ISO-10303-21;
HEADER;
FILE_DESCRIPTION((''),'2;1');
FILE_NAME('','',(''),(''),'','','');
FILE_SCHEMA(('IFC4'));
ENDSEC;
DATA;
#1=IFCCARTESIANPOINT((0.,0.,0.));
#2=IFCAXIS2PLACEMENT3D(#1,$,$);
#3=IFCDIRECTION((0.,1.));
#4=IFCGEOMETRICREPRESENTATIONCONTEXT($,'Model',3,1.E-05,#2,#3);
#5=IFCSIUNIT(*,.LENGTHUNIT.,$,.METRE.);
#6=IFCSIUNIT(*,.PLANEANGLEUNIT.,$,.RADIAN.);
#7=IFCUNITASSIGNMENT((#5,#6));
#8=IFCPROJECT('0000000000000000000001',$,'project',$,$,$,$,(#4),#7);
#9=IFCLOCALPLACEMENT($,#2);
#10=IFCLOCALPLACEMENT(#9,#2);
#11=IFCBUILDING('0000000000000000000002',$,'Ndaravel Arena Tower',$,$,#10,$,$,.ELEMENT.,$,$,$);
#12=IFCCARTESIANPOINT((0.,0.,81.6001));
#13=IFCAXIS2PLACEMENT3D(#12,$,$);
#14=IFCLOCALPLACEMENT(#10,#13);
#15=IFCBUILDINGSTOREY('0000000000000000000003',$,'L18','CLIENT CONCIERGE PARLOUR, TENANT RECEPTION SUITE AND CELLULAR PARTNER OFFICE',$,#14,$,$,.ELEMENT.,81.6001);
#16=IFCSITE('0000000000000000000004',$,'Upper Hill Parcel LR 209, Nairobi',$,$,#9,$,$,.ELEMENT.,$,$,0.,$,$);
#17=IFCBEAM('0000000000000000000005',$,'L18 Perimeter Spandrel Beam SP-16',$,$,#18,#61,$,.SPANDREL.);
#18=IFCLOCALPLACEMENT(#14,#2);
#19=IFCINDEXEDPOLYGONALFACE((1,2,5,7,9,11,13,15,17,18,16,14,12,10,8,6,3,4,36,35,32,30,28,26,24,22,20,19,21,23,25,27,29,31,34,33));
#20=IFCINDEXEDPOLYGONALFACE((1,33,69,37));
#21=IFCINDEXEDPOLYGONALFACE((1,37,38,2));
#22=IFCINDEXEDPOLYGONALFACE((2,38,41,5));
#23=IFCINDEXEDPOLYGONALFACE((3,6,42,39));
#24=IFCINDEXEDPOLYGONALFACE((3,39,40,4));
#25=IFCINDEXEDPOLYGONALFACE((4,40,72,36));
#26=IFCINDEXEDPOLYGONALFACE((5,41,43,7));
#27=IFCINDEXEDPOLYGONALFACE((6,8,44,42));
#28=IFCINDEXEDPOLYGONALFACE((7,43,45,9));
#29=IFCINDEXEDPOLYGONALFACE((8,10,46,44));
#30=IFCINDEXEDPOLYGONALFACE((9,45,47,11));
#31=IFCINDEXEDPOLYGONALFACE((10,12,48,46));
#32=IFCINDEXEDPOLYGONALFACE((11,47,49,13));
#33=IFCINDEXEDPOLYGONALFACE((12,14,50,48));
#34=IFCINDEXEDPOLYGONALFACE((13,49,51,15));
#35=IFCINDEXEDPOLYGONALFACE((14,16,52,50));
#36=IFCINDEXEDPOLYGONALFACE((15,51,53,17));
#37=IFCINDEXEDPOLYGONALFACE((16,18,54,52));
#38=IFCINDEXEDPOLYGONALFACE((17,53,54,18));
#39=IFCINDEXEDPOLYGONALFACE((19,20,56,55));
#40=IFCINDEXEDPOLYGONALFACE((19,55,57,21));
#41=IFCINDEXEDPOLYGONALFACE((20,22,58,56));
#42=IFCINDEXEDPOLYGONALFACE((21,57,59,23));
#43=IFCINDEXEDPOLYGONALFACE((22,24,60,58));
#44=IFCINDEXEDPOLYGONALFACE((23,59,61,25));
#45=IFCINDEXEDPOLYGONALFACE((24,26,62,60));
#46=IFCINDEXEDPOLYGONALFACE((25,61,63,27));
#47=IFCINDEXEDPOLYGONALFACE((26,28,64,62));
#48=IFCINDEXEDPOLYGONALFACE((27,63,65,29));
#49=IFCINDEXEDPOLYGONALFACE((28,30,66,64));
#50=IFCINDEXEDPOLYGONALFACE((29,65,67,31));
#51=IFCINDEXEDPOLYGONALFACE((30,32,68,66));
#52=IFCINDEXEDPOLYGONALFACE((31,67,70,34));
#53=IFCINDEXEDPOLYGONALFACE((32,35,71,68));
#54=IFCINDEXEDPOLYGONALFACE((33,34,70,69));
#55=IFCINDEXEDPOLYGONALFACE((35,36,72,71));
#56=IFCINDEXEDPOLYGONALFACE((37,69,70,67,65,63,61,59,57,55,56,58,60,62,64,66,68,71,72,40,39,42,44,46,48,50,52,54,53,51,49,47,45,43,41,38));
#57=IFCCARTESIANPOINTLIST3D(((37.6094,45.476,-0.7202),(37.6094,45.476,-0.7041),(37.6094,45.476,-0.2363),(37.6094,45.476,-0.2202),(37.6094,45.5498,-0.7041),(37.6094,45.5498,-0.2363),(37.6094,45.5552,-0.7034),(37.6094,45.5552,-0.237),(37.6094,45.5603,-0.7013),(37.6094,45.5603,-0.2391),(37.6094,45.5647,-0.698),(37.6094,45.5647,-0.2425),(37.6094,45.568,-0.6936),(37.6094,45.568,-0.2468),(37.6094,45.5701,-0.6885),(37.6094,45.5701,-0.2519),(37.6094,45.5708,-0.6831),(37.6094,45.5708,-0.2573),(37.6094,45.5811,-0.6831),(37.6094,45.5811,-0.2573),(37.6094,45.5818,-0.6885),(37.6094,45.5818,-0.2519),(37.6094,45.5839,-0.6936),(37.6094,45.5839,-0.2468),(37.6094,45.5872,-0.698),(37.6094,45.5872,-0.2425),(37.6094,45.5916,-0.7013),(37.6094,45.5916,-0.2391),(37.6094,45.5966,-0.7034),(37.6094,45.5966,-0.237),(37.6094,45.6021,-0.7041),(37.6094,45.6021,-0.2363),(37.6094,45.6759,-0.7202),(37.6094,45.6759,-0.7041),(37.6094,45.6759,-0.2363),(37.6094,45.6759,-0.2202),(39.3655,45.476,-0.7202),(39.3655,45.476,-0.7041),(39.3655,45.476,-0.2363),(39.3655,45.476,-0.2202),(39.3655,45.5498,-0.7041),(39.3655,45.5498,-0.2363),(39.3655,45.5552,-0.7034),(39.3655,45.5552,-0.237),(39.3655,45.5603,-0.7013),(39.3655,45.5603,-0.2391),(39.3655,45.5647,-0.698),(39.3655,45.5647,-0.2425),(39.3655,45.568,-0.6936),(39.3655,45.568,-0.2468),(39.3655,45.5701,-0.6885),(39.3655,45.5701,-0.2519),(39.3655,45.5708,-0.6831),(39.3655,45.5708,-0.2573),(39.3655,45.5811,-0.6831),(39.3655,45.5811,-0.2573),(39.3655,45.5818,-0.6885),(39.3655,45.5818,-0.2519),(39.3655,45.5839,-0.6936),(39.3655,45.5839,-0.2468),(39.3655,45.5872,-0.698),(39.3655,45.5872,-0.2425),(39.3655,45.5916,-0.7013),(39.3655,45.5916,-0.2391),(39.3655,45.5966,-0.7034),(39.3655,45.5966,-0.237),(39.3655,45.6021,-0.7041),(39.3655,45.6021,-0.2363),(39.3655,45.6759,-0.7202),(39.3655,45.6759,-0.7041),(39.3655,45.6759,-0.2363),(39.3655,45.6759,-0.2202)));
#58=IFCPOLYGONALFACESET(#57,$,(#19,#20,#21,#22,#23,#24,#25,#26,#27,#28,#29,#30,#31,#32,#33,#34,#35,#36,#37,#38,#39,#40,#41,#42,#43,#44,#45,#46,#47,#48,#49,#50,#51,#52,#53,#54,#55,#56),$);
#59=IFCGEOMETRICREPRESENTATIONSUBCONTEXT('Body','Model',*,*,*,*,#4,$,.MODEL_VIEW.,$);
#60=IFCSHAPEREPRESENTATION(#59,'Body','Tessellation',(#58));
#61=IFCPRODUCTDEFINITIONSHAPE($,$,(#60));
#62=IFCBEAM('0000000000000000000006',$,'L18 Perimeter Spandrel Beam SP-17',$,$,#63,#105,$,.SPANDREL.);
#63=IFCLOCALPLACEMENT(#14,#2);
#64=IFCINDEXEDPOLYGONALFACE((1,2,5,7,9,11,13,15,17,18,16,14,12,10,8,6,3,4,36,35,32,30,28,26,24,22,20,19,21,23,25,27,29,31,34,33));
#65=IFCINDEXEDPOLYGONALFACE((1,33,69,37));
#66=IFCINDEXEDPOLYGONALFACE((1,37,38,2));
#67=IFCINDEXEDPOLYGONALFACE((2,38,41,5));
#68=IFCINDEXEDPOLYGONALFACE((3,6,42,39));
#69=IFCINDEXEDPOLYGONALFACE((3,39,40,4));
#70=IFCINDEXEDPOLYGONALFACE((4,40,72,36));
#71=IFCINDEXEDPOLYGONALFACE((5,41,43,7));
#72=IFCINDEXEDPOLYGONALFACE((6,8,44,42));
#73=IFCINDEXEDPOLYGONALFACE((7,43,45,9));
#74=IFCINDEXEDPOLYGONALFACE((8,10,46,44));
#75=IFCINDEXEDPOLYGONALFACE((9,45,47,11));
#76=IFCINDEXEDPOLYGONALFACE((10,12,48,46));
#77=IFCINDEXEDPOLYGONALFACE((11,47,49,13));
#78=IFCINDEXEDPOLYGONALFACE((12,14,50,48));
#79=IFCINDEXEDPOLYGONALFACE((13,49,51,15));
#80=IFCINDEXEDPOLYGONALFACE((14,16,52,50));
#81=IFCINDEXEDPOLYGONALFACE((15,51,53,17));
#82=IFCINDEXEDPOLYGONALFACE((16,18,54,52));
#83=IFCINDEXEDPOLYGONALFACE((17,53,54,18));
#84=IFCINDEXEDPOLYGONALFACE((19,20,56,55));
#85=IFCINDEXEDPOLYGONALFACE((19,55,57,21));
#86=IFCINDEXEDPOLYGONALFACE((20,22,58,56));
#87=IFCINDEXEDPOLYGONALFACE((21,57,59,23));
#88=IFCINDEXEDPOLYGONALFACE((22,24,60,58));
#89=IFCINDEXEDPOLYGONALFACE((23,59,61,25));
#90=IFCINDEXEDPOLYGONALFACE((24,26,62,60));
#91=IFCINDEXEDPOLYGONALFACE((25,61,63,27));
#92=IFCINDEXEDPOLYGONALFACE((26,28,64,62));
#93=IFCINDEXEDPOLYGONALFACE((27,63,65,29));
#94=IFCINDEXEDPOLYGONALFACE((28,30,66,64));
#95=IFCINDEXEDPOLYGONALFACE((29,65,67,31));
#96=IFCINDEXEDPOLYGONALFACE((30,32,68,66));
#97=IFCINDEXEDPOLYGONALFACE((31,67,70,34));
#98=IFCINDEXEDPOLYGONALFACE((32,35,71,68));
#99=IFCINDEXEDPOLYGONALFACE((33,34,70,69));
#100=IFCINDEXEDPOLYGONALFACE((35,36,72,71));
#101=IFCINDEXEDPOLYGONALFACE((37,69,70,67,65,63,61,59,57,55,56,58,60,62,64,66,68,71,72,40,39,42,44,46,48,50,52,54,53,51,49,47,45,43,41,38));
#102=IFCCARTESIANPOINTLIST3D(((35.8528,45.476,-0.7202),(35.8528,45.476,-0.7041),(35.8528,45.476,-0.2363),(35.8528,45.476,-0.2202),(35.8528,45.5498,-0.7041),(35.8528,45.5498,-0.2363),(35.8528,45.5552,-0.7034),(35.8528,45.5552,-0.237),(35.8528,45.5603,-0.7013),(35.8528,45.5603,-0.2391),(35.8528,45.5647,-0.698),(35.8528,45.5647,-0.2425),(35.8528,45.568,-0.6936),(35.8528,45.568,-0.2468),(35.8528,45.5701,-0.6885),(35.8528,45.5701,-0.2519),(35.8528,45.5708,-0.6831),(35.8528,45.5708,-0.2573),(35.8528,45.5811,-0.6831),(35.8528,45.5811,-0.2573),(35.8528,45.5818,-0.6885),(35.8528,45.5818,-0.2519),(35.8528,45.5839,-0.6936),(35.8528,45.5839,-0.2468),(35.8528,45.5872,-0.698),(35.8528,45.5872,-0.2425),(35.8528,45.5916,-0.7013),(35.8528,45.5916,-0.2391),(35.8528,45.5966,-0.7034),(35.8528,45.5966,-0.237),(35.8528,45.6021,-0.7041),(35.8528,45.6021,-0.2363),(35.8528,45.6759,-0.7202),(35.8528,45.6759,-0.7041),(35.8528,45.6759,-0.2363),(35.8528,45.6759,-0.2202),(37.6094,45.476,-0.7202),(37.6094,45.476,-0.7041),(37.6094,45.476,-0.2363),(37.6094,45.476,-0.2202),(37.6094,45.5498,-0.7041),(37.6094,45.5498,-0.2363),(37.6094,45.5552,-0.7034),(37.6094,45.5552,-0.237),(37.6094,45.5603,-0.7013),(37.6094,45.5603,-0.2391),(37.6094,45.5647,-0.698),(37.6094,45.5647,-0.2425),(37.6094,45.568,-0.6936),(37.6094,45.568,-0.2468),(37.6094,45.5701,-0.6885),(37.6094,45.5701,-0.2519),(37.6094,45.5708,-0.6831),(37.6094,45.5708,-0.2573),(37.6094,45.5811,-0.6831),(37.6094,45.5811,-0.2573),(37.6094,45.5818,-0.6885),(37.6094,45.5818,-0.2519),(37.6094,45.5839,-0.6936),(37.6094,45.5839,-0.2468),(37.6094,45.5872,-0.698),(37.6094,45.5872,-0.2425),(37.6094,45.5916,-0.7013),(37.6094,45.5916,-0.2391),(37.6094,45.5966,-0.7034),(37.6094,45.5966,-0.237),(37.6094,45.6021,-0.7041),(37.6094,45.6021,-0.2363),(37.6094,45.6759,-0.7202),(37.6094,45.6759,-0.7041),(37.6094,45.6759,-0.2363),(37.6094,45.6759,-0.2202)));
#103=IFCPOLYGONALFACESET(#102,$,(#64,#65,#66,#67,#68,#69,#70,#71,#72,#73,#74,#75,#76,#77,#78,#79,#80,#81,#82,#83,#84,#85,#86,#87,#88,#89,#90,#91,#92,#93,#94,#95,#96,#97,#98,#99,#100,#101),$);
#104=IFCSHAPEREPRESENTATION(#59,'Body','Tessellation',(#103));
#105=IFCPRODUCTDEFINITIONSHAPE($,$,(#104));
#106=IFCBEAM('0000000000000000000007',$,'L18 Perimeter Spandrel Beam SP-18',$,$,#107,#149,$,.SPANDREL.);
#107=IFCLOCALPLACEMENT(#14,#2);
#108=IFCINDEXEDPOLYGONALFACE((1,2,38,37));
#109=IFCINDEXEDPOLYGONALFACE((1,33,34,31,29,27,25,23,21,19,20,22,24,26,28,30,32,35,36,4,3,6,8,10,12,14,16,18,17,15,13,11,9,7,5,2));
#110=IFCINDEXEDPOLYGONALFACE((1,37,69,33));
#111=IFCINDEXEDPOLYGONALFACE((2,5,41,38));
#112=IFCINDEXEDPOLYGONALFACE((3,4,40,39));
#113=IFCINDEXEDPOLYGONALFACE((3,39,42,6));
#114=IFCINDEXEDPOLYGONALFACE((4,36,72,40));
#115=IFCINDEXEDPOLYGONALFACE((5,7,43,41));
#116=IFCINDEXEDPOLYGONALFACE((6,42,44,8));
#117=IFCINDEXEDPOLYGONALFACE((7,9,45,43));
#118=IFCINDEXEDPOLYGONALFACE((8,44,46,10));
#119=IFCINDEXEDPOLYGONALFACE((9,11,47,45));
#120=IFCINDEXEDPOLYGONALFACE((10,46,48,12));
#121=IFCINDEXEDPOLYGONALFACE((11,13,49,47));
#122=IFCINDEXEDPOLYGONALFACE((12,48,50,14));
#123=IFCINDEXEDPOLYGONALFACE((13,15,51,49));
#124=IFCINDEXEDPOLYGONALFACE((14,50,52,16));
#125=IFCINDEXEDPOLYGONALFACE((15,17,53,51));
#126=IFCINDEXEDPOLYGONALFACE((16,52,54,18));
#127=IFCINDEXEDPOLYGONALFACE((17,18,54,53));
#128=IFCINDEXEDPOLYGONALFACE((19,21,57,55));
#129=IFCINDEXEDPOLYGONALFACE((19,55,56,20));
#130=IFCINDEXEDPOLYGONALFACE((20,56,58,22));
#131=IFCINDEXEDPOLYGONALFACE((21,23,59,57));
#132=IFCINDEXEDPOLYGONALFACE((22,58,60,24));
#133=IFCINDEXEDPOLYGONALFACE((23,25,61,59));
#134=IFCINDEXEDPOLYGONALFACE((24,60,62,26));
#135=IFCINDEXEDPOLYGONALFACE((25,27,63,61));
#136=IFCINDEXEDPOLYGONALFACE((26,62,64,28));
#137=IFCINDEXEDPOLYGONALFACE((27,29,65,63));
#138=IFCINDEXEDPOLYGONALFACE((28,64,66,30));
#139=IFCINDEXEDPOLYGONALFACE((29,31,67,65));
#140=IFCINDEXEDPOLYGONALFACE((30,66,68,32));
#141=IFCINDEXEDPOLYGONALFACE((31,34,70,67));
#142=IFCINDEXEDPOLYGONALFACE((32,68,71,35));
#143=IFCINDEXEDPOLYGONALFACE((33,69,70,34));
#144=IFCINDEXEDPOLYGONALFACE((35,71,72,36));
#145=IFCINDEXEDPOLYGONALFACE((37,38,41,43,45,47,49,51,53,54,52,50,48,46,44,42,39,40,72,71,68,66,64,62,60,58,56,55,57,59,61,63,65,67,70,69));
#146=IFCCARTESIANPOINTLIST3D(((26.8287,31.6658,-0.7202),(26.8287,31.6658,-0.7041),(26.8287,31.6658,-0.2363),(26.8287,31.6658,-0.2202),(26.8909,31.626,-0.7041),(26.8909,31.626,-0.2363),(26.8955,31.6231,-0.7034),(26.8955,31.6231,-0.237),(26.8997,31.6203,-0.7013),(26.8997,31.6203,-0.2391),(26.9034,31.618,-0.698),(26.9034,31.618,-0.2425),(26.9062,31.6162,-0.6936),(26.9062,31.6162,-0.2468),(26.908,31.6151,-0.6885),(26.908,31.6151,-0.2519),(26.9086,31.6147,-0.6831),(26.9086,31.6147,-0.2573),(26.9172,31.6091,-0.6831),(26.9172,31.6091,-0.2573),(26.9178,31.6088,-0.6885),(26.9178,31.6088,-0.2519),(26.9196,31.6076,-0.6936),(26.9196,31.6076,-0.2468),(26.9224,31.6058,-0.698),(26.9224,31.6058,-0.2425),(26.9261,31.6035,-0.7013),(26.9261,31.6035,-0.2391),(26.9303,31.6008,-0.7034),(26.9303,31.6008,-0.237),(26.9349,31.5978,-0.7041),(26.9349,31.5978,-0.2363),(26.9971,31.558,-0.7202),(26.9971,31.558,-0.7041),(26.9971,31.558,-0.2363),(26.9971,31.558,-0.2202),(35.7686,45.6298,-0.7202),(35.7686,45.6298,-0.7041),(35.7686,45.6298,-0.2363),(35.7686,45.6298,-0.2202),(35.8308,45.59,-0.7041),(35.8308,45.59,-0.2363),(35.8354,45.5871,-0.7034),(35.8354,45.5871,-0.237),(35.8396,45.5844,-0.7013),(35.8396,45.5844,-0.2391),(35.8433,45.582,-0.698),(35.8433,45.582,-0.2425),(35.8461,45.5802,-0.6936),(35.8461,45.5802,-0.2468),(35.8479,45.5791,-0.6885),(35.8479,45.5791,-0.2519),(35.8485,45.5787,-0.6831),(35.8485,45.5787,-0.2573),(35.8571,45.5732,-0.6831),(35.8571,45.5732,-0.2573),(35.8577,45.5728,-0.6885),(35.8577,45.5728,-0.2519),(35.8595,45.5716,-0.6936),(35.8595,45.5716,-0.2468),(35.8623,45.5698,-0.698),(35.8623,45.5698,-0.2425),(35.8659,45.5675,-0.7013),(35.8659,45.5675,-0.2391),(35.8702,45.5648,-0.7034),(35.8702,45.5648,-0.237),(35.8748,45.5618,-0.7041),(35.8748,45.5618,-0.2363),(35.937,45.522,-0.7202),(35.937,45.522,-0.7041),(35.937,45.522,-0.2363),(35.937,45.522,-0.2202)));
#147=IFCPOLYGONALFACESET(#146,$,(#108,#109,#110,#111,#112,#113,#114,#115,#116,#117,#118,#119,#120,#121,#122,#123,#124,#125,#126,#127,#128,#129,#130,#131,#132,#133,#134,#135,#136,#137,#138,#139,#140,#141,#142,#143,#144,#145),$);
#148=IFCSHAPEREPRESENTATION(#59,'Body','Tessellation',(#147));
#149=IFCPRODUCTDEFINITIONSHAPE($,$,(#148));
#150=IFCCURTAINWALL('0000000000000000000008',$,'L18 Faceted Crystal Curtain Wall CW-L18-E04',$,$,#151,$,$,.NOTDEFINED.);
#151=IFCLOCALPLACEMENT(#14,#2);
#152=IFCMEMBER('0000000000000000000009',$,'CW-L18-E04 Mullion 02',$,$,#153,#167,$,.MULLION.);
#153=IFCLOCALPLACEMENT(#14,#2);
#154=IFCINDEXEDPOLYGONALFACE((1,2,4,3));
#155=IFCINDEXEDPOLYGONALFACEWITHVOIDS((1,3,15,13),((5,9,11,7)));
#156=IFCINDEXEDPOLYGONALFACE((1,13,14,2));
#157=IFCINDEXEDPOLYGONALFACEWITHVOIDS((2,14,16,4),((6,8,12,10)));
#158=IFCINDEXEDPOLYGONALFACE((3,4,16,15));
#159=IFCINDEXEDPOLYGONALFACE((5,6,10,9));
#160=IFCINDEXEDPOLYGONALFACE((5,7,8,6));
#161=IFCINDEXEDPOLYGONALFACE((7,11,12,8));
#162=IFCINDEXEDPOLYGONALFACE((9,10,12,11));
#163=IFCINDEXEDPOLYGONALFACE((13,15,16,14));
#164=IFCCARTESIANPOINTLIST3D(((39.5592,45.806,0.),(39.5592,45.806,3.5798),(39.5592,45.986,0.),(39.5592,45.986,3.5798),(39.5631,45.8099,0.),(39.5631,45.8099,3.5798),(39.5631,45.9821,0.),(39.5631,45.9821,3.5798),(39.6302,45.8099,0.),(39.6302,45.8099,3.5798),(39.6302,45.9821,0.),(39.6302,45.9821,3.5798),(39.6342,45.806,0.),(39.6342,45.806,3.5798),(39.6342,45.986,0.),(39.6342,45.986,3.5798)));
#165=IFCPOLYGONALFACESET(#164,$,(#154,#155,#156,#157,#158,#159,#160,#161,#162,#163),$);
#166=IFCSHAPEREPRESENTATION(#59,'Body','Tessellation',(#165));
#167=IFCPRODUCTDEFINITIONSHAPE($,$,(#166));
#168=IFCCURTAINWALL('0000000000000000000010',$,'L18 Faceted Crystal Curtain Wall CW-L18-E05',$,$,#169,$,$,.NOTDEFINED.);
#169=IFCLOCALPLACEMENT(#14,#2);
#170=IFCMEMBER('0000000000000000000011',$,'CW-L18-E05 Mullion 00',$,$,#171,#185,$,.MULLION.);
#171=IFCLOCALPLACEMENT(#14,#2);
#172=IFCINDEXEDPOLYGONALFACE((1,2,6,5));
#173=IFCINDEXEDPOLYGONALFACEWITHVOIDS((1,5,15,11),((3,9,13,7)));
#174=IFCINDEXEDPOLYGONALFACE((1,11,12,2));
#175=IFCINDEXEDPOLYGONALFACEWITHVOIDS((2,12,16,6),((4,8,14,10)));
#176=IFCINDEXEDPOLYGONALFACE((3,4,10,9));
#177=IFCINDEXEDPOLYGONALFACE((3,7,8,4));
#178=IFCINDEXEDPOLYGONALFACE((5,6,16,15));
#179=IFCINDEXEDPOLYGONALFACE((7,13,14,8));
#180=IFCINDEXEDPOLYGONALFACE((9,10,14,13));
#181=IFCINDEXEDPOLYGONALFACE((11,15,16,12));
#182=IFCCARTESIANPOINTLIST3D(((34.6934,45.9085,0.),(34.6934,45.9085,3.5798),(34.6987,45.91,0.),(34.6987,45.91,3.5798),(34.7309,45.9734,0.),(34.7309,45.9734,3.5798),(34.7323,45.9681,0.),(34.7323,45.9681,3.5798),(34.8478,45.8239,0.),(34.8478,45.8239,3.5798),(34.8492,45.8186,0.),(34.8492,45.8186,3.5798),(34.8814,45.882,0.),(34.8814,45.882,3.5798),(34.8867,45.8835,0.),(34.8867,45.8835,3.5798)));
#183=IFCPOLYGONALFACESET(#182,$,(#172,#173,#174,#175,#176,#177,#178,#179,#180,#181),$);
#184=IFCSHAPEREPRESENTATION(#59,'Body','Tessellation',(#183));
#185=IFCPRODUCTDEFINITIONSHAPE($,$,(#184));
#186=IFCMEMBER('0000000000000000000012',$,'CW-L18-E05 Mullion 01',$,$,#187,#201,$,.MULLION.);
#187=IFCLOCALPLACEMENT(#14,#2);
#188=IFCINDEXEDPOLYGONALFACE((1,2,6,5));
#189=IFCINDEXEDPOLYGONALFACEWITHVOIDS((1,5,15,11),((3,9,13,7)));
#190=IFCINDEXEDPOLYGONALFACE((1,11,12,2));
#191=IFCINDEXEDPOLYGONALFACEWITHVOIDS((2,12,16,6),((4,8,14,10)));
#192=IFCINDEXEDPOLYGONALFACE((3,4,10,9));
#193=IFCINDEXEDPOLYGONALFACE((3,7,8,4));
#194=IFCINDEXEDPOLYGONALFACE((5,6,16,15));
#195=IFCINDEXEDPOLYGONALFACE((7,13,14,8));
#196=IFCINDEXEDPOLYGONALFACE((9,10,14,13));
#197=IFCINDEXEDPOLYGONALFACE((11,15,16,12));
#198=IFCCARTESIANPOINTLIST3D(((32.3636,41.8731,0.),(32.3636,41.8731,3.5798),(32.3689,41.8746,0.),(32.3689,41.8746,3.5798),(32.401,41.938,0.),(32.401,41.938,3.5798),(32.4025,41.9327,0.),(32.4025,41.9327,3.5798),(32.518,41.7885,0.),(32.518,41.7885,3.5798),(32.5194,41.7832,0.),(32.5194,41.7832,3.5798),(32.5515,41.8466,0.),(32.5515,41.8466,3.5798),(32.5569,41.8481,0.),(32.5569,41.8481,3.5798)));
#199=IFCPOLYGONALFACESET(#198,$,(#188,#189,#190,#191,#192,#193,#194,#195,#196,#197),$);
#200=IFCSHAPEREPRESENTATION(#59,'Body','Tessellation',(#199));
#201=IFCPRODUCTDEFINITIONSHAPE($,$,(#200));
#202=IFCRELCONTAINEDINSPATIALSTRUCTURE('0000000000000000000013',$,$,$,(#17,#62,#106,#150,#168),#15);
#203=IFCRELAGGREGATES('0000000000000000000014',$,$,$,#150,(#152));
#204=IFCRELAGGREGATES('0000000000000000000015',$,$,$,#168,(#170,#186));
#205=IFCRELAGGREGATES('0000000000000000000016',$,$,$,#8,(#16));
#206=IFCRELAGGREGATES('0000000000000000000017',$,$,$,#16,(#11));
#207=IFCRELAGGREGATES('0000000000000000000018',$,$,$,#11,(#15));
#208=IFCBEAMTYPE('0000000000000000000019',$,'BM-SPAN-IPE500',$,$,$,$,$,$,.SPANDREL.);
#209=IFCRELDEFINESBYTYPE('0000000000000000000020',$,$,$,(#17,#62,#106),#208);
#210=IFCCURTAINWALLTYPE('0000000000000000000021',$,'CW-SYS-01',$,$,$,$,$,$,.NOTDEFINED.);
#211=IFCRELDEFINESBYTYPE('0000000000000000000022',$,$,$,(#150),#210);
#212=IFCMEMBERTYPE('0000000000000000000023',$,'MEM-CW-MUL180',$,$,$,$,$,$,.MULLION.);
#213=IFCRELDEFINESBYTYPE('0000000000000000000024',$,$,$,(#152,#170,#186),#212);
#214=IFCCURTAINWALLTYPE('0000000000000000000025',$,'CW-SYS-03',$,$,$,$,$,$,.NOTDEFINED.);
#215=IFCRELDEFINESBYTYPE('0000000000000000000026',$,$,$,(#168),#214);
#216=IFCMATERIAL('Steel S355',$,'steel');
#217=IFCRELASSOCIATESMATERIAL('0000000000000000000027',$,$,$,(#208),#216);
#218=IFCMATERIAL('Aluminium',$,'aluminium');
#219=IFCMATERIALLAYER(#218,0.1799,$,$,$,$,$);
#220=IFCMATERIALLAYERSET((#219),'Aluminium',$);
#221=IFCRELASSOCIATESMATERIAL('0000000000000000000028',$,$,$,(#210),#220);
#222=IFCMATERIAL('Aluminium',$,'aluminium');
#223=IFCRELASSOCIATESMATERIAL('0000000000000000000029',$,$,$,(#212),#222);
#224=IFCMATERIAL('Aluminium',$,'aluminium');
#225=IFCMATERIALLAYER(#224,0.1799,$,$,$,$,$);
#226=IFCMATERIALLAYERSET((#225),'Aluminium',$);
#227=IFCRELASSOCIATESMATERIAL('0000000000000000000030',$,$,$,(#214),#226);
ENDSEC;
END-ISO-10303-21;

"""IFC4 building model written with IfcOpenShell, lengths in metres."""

from ifc_helpers import new_model, si_unit, direction, frame, origin, origin_2d, place, context, subcontext, project, spatial, hollow_rectangle, i_section, extrude, material, layer, layer_set, material_profile, profile_set, type_object, element, aggregate, save


model = new_model("IFC4")

# Units and contexts
model_context = context("Model", 3, precision=1e-05, world=origin(), true_north=direction((0.0, 1.0)))
body_context = subcontext(model_context, "Body", "Model", "MODEL_VIEW")
ifc_project = project(units=[si_unit("LENGTHUNIT", "METRE"), si_unit("PLANEANGLEUNIT", "RADIAN")], contexts=[model_context])

# Site, building, storey
site_placement = place(None, origin())
site = spatial("IfcSite", under=ifc_project, at=site_placement, Name="Upper Hill Parcel LR 209, Nairobi", CompositionType="ELEMENT", RefElevation=0.0)
building_placement = place(site_placement, origin())
building = spatial("IfcBuilding", under=site, at=building_placement, Name="Ndaravel Arena Tower", CompositionType="ELEMENT")
storey_placement = place(building_placement, frame((0.0, 0.0, 81.6001)))
storey = spatial("IfcBuildingStorey", under=building, at=storey_placement, Name="L18", Description="CLIENT CONCIERGE PARLOUR, TENANT RECEPTION SUITE AND CELLULAR PARTNER OFFICE", CompositionType="ELEMENT", Elevation=81.6001)

# Beams
ifc_material_1 = material(Name="Steel S355", Category="steel")
ifc_material_profile_1 = material_profile(ifc_material_1, i_section(OverallWidth=0.2, OverallDepth=0.5, WebThickness=0.0103, FlangeThickness=0.0161, FilletRadius=0.021, at=origin_2d()), Name="IPE 500")
ifc_profile_set_1 = profile_set([ifc_material_profile_1], Name="Steel S355")
beam_type_1 = type_object("IfcBeamType", Name="BM-SPAN-IPE500", PredefinedType="SPANDREL", material=ifc_profile_set_1)
beam_1_placement = place(storey_placement, frame((39.3655, 45.5759, -0.4702), z_axis=(-1.0, 0.0, 0.0), x_axis=(0.0, -1.0, 0.0)))
element("IfcBeam", 1, at=beam_1_placement, inside=storey, type_object=beam_type_1, Name="L18 Perimeter Spandrel Beam SP-16", PredefinedType="SPANDREL", context=body_context, shape_type="SweptSolid", body=[
    extrude(i_section(OverallWidth=0.2, OverallDepth=0.5, WebThickness=0.0103, FlangeThickness=0.0161, FilletRadius=0.021, at=origin_2d()), origin(), (0.0, 0.0, 1.0), 1.7561),
])
beam_2_placement = place(storey_placement, frame((37.6094, 45.5759, -0.4702), z_axis=(-1.0, 0.0, 0.0), x_axis=(0.0, -1.0, 0.0)))
element("IfcBeam", 2, at=beam_2_placement, inside=storey, type_object=beam_type_1, Name="L18 Perimeter Spandrel Beam SP-17", PredefinedType="SPANDREL", context=body_context, shape_type="SweptSolid", body=[
    extrude(i_section(OverallWidth=0.2, OverallDepth=0.5, WebThickness=0.0103, FlangeThickness=0.0161, FilletRadius=0.021, at=origin_2d()), origin(), (0.0, 0.0, 1.0), 1.7566),
])
beam_3_placement = place(storey_placement, frame((35.8528, 45.5759, -0.4702), z_axis=(-0.539178, -0.842192, 0.0), x_axis=(0.842192, -0.539178, 0.0)))
element("IfcBeam", 3, at=beam_3_placement, inside=storey, type_object=beam_type_1, Name="L18 Perimeter Spandrel Beam SP-18", PredefinedType="SPANDREL", context=body_context, shape_type="SweptSolid", body=[
    extrude(i_section(OverallWidth=0.2, OverallDepth=0.5, WebThickness=0.0103, FlangeThickness=0.0161, FilletRadius=0.021, at=origin_2d()), origin(), (0.0, 0.0, 1.0), 16.5806),
])

# Curtain wall, member
ifc_material_2 = material(Name="Aluminium", Category="aluminium")
ifc_layer_1 = layer(ifc_material_2, 0.1799)
ifc_layer_set_1 = layer_set([ifc_layer_1], Name="Aluminium")
curtain_wall_type_1 = type_object("IfcCurtainWallType", Name="CW-SYS-01", PredefinedType="NOTDEFINED", material=ifc_layer_set_1)
curtain_wall_1_placement = place(storey_placement, origin())
curtain_wall_1 = element("IfcCurtainWall", 4, at=curtain_wall_1_placement, inside=storey, type_object=curtain_wall_type_1, Name="L18 Faceted Crystal Curtain Wall CW-L18-E04", PredefinedType="NOTDEFINED")
ifc_material_3 = material(Name="Aluminium", Category="aluminium")
ifc_material_profile_2 = material_profile(ifc_material_3, hollow_rectangle(XDim=0.075, YDim=0.1799, WallThickness=0.0039, at=origin_2d()), Name="CW MULLION 75x180x4")
ifc_profile_set_2 = profile_set([ifc_material_profile_2], Name="Aluminium")
member_type_1 = type_object("IfcMemberType", Name="MEM-CW-MUL180", PredefinedType="MULLION", material=ifc_profile_set_2)
member_1_placement = place(storey_placement, frame((39.5967, 45.896, 0.0), z_axis=(0.0, 0.0, 1.0), x_axis=(-1.0, 0.0, 0.0)))
member_1 = element("IfcMember", 5, at=member_1_placement, type_object=member_type_1, Name="CW-L18-E04 Mullion 02", PredefinedType="MULLION", context=body_context, shape_type="SweptSolid", body=[
    extrude(hollow_rectangle(XDim=0.075, YDim=0.1799, WallThickness=0.0039, at=origin_2d()), origin(), (0.0, 0.0, 1.0), 3.5798),
])

# Curtain wall, members
ifc_material_4 = material(Name="Aluminium", Category="aluminium")
ifc_layer_2 = layer(ifc_material_4, 0.1799)
ifc_layer_set_2 = layer_set([ifc_layer_2], Name="Aluminium")
curtain_wall_type_2 = type_object("IfcCurtainWallType", Name="CW-SYS-03", PredefinedType="NOTDEFINED", material=ifc_layer_set_2)
curtain_wall_2_placement = place(storey_placement, origin())
curtain_wall_2 = element("IfcCurtainWall", 6, at=curtain_wall_2_placement, inside=storey, type_object=curtain_wall_type_2, Name="L18 Faceted Crystal Curtain Wall CW-L18-E05", PredefinedType="NOTDEFINED")
member_2_placement = place(storey_placement, frame((34.79, 45.896, 0.0), z_axis=(0.0, 0.0, 1.0), x_axis=(-0.5, -0.866025, 0.0)))
member_2 = element("IfcMember", 7, at=member_2_placement, type_object=member_type_1, Name="CW-L18-E05 Mullion 00", PredefinedType="MULLION", context=body_context, shape_type="SweptSolid", body=[
    extrude(hollow_rectangle(XDim=0.075, YDim=0.1799, WallThickness=0.0039, at=origin_2d()), origin(), (0.0, 0.0, 1.0), 3.5798),
])
member_3_placement = place(storey_placement, frame((32.4602, 41.8606, 0.0), z_axis=(0.0, 0.0, 1.0), x_axis=(-0.5, -0.866025, 0.0)))
member_3 = element("IfcMember", 8, at=member_3_placement, type_object=member_type_1, Name="CW-L18-E05 Mullion 01", PredefinedType="MULLION", context=body_context, shape_type="SweptSolid", body=[
    extrude(hollow_rectangle(XDim=0.075, YDim=0.1799, WallThickness=0.0039, at=origin_2d()), origin(), (0.0, 0.0, 1.0), 3.5798),
])

aggregate(curtain_wall_1, [member_1])
aggregate(curtain_wall_2, [member_2, member_3])

save(model, "model.ifc")
